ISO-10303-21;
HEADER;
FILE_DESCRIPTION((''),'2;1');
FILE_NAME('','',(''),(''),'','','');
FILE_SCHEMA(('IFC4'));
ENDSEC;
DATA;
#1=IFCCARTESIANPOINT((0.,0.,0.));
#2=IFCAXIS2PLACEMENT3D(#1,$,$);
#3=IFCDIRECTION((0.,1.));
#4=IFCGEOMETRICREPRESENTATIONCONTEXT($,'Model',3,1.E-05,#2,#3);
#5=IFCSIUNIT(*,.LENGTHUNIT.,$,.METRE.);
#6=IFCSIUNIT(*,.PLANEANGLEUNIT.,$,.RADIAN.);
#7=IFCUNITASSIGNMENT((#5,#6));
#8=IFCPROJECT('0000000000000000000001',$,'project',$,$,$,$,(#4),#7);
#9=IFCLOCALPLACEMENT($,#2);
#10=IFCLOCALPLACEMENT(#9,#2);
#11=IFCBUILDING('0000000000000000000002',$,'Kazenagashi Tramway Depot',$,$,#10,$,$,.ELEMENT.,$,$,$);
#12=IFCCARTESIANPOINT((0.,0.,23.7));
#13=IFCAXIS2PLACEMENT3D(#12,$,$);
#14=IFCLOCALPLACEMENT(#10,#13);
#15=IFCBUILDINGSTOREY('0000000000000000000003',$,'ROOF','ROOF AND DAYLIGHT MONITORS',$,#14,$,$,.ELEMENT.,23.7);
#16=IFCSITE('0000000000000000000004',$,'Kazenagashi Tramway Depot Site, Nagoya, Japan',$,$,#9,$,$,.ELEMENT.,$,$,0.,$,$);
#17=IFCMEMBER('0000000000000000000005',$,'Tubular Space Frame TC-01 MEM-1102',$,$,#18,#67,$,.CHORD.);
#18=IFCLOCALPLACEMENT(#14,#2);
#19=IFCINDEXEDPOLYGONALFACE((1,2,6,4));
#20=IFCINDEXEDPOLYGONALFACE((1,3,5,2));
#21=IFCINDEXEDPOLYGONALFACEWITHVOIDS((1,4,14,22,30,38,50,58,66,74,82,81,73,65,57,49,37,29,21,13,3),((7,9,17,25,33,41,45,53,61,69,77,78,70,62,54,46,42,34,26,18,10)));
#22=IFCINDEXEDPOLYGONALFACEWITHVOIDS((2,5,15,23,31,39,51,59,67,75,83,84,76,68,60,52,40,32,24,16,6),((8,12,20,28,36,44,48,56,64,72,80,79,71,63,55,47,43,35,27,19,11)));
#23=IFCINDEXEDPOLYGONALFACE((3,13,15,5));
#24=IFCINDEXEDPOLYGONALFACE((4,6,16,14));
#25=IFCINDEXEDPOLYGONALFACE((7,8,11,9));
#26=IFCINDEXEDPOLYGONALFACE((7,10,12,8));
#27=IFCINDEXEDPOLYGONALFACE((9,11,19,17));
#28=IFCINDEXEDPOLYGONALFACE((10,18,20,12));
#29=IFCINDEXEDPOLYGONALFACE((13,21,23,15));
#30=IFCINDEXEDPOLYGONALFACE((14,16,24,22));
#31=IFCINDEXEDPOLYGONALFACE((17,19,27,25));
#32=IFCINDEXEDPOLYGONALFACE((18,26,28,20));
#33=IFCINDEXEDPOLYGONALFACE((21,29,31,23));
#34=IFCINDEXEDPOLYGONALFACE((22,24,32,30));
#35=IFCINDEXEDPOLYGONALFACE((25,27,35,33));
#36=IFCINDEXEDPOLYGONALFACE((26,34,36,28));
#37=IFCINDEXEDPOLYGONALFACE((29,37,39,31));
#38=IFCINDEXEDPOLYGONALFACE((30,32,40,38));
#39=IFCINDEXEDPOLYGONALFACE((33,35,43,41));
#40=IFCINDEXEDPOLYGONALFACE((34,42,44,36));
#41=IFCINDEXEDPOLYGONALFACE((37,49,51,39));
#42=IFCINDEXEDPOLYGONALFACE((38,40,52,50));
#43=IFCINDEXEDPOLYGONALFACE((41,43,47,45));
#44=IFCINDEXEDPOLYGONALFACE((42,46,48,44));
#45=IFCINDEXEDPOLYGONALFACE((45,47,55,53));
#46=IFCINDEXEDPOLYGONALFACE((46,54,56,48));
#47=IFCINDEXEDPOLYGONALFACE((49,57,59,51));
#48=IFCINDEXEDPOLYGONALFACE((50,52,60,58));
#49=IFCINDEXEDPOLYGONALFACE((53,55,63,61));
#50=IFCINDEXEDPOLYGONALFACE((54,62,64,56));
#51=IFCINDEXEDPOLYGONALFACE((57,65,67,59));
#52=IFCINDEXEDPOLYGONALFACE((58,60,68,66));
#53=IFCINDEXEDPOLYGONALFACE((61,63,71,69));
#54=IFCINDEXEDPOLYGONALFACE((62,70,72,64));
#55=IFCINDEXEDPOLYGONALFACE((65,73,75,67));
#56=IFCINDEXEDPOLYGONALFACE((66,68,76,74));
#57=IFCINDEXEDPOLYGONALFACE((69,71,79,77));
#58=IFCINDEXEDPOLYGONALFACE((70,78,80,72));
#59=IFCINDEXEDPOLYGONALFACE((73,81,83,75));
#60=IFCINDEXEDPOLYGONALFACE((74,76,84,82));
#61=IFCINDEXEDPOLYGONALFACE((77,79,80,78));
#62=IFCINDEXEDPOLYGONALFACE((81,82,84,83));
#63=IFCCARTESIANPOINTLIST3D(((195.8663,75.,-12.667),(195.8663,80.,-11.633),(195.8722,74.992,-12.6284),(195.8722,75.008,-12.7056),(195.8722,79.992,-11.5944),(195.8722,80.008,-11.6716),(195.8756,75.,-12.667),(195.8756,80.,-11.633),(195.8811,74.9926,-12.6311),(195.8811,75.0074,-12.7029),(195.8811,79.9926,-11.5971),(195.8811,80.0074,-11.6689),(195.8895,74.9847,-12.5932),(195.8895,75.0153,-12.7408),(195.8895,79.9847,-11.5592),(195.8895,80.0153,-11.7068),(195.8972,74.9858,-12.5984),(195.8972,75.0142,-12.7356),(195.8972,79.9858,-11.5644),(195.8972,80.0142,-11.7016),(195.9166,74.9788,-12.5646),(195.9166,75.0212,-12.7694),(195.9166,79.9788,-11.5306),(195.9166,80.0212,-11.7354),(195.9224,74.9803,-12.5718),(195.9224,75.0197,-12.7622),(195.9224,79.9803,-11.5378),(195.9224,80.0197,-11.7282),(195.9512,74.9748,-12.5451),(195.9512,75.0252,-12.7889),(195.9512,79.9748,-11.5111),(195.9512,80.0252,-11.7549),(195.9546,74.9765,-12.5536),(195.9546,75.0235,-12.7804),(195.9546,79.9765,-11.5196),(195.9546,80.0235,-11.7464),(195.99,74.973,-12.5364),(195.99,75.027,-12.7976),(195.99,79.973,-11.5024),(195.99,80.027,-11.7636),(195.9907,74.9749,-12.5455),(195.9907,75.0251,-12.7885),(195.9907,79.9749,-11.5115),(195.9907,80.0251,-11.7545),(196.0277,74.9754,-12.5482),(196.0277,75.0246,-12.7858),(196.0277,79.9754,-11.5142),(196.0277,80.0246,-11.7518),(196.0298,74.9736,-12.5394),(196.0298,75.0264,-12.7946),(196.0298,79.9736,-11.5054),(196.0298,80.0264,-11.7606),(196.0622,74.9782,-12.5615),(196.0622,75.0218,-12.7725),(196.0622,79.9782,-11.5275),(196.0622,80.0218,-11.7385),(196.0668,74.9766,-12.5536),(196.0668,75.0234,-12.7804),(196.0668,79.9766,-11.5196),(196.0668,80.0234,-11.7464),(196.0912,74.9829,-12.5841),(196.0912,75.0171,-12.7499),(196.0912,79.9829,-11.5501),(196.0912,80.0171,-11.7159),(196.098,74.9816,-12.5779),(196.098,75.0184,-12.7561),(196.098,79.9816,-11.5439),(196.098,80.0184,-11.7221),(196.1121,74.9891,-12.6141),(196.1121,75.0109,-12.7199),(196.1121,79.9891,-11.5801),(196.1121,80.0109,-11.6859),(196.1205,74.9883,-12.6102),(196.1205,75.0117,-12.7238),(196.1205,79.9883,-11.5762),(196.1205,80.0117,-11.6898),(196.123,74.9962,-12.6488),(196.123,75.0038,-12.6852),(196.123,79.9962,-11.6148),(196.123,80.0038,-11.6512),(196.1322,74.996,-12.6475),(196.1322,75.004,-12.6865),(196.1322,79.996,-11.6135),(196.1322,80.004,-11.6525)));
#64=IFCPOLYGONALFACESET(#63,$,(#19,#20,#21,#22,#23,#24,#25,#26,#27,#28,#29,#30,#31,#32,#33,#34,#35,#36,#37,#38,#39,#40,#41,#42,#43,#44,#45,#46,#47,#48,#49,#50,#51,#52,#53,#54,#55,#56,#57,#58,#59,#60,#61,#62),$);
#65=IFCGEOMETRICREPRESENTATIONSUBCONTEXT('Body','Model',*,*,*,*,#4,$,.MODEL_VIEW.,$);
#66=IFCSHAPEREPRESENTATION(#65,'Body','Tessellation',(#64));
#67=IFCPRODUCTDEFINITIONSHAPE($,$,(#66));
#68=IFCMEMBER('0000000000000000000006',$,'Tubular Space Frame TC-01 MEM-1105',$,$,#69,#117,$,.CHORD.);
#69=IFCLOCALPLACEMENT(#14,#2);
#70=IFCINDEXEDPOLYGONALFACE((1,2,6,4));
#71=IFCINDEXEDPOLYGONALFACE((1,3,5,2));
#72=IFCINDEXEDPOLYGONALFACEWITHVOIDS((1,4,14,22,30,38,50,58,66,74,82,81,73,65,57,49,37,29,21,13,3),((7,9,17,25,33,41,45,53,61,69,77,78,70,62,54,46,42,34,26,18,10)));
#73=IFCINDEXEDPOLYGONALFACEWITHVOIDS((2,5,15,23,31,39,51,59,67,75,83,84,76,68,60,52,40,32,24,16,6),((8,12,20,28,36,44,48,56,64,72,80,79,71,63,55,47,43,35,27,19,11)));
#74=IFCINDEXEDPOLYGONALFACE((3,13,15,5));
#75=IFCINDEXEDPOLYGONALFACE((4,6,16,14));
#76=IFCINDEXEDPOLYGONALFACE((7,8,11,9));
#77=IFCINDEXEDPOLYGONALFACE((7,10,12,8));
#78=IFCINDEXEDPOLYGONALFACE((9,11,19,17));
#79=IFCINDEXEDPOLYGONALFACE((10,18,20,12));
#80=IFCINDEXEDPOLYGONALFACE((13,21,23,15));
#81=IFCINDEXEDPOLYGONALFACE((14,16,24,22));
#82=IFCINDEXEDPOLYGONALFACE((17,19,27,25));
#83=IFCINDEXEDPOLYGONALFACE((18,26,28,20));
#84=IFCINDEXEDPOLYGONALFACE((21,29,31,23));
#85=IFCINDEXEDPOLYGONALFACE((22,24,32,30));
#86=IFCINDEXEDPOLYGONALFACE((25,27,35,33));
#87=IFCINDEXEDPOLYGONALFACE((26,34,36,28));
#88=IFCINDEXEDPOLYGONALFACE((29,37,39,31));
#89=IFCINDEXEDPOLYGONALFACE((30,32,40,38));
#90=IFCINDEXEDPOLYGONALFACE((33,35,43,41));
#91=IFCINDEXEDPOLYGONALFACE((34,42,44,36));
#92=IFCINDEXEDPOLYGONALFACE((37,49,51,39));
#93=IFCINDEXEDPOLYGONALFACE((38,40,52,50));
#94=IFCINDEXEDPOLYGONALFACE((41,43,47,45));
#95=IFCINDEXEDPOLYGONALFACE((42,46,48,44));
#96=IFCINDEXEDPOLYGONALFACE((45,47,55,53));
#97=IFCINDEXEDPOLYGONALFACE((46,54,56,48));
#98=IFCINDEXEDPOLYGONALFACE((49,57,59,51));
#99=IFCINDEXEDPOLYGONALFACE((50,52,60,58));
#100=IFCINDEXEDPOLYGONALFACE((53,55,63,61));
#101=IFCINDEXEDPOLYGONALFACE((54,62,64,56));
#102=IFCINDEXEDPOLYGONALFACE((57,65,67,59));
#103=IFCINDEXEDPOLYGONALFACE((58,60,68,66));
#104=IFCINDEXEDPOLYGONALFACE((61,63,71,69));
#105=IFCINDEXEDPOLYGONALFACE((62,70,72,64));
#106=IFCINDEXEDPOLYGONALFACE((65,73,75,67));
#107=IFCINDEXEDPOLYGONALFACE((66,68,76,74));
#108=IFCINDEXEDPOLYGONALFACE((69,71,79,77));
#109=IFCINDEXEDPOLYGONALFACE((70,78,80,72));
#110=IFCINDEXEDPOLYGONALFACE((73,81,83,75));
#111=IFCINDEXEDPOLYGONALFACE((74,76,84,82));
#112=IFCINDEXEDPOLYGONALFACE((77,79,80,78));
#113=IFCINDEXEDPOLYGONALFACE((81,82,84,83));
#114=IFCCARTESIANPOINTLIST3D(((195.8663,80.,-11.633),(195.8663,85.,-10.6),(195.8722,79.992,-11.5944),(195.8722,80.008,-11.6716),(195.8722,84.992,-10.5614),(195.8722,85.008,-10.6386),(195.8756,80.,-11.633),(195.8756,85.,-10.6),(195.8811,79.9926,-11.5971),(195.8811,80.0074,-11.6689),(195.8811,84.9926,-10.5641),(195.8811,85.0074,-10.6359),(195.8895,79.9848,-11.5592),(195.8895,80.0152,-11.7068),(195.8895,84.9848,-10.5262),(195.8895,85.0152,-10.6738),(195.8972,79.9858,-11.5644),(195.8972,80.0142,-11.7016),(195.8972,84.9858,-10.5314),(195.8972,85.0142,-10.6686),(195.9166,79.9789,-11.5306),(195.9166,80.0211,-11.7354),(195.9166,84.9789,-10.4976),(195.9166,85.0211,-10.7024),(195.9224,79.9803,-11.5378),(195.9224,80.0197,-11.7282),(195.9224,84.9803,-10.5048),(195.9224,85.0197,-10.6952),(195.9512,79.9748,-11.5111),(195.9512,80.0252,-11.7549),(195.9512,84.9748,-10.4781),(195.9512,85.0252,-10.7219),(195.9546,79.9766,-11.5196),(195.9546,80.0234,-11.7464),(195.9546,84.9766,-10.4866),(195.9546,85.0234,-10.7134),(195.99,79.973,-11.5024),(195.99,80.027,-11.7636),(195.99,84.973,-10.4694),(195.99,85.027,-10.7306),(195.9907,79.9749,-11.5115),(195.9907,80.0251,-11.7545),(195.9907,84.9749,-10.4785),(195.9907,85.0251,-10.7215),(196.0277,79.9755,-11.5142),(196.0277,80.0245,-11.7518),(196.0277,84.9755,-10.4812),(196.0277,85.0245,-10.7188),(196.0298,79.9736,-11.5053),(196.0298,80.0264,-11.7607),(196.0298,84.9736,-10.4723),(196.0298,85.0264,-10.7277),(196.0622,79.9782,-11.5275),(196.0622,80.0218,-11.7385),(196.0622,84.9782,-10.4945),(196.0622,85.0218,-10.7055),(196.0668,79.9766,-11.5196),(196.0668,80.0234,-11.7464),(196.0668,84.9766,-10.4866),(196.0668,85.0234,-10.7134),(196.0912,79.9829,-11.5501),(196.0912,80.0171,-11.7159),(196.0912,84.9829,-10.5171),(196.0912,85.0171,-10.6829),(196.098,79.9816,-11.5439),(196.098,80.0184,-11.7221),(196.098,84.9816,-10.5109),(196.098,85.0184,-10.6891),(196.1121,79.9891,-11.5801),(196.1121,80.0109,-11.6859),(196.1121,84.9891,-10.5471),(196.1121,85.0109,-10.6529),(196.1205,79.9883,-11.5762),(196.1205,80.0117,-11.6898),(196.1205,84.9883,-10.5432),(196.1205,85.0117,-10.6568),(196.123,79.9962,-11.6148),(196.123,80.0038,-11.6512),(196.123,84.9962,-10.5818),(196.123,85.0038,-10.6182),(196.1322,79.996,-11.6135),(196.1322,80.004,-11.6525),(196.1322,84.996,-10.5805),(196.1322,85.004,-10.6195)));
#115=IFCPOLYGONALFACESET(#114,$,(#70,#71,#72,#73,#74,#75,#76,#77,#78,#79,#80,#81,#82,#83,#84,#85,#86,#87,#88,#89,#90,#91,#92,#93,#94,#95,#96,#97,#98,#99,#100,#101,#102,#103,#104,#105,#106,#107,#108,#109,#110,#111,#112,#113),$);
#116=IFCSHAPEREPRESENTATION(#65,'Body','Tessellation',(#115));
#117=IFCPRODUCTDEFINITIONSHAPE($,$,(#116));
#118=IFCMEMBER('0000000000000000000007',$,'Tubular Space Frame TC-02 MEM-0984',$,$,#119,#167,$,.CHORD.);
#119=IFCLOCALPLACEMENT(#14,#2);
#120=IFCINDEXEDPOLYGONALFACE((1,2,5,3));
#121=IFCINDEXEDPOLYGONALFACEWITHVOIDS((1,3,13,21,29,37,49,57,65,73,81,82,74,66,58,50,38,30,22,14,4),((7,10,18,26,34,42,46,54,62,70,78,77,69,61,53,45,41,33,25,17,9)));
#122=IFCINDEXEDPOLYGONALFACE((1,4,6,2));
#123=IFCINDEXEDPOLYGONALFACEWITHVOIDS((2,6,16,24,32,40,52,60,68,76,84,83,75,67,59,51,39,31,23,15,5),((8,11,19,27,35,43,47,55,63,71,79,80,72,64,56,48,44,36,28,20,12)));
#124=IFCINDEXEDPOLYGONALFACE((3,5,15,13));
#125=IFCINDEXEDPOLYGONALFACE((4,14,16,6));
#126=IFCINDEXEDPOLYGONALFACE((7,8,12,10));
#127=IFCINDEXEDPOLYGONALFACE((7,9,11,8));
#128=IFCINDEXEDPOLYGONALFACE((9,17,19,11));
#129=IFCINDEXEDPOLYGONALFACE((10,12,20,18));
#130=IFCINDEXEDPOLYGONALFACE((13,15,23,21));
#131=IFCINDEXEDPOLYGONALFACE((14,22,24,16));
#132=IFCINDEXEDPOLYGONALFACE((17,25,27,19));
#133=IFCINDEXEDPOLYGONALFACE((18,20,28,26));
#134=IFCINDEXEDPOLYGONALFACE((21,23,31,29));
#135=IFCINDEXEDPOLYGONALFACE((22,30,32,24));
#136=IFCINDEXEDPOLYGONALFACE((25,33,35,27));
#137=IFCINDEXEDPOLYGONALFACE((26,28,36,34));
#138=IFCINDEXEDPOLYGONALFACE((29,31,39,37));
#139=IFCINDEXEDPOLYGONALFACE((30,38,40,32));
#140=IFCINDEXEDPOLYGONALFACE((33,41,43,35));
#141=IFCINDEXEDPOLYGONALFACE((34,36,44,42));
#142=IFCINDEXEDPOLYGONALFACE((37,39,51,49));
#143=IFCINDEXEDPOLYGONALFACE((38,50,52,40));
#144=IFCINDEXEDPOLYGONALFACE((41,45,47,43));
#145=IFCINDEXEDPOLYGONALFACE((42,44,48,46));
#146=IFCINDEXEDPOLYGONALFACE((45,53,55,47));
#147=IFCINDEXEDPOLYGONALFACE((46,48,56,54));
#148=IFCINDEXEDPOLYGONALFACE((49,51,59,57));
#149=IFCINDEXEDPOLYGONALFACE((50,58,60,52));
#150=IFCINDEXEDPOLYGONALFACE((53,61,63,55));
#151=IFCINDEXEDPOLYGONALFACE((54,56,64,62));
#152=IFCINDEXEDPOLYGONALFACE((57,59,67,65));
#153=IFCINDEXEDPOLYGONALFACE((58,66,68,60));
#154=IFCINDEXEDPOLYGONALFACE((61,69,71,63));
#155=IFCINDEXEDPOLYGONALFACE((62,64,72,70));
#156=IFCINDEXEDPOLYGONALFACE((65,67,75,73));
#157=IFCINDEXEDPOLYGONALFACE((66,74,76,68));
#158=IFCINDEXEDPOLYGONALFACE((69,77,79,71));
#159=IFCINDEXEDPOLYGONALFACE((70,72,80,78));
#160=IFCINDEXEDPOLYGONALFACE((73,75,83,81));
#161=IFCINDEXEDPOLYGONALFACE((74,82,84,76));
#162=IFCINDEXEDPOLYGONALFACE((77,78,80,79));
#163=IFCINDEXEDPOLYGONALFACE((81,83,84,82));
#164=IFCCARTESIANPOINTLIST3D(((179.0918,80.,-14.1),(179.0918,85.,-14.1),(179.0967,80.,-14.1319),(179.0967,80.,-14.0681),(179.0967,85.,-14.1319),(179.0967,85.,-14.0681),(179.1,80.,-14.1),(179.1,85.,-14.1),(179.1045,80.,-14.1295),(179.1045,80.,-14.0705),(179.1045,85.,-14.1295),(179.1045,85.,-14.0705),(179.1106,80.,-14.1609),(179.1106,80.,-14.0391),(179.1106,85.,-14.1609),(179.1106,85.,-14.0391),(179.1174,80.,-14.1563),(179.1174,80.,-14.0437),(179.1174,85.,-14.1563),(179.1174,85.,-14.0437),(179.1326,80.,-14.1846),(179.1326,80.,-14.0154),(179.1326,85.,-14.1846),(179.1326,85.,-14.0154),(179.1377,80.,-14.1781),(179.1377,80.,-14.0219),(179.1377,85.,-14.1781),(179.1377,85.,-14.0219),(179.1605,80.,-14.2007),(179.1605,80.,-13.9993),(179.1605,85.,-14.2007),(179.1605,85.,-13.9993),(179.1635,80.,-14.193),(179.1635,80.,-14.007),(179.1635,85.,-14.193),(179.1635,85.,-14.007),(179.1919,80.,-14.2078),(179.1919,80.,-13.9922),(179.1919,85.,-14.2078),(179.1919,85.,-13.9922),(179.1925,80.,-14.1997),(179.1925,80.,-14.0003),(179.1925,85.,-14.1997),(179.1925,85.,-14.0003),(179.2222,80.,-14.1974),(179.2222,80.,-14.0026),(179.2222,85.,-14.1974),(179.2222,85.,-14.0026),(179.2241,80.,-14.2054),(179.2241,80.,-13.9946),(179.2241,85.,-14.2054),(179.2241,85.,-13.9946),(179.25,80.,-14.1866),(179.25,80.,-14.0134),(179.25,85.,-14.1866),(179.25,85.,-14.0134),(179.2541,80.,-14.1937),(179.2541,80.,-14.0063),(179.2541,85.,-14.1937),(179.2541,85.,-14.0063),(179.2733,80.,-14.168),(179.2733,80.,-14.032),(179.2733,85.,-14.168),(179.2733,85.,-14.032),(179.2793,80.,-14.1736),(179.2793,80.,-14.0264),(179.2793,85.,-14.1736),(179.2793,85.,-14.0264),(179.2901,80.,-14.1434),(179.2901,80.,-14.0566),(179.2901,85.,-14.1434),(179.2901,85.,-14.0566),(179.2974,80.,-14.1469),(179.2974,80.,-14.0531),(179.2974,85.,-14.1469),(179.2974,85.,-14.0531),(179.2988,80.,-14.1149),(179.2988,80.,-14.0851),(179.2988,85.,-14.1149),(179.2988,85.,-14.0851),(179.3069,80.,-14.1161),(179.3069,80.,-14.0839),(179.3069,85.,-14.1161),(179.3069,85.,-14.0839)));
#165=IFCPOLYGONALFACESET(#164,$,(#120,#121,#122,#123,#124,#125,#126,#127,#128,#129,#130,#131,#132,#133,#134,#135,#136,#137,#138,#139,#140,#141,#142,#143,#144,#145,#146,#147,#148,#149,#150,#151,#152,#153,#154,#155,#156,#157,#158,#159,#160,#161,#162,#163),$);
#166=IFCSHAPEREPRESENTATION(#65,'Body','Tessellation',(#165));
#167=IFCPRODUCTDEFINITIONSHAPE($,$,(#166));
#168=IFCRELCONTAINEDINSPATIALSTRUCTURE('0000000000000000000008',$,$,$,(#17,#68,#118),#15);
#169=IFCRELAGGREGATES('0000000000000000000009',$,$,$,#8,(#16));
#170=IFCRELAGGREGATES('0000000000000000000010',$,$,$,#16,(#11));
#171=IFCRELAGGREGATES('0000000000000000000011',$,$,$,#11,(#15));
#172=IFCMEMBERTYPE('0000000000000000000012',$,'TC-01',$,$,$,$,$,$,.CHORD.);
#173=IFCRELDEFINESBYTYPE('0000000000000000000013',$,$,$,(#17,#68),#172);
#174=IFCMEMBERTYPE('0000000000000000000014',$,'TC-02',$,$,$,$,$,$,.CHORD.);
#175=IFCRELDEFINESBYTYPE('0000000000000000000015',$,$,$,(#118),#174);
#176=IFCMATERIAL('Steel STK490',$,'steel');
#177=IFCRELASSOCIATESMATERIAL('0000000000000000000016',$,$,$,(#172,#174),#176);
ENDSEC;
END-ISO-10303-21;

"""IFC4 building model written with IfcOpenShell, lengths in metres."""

from ifc_helpers import new_model, si_unit, direction, frame, origin, origin_2d, place, context, subcontext, project, spatial, hollow_circle, extrude, material, material_profile, profile_set, type_object, element, save


model = new_model("IFC4")

# Units and contexts
model_context = context("Model", 3, precision=1e-05, world=origin(), true_north=direction((0.0, 1.0)))
body_context = subcontext(model_context, "Body", "Model", "MODEL_VIEW")
ifc_project = project(units=[si_unit("LENGTHUNIT", "METRE"), si_unit("PLANEANGLEUNIT", "RADIAN")], contexts=[model_context])

# Site, building, storey
site_placement = place(None, origin())
site = spatial("IfcSite", under=ifc_project, at=site_placement, Name="Kazenagashi Tramway Depot Site, Nagoya, Japan", CompositionType="ELEMENT", RefElevation=0.0)
building_placement = place(site_placement, origin())
building = spatial("IfcBuilding", under=site, at=building_placement, Name="Kazenagashi Tramway Depot", CompositionType="ELEMENT")
storey_placement = place(building_placement, frame((0.0, 0.0, 23.7)))
storey = spatial("IfcBuildingStorey", under=building, at=storey_placement, Name="ROOF", Description="ROOF AND DAYLIGHT MONITORS", CompositionType="ELEMENT", Elevation=23.7)

# Members
ifc_material_1 = material(Name="Steel STK490", Category="steel")
ifc_material_profile_1 = material_profile(ifc_material_1, hollow_circle(Radius=0.1337, WallThickness=0.0093, at=origin_2d()), Name="CHS-267.4x9.3")
ifc_profile_set_1 = profile_set([ifc_material_profile_1], Name="Steel STK490")
member_type_1 = type_object("IfcMemberType", Name="TC-01", PredefinedType="CHORD", material=ifc_profile_set_1)
member_1_placement = place(storey_placement, frame((196.0, 75.0, -12.667), z_axis=(0.0, 0.979279, 0.202515), x_axis=(-1.0, 0.0, 0.0)))
element("IfcMember", 1, at=member_1_placement, inside=storey, type_object=member_type_1, Name="Tubular Space Frame TC-01 MEM-1102", PredefinedType="CHORD", context=body_context, shape_type="SweptSolid", body=[
    extrude(hollow_circle(Radius=0.1337, WallThickness=0.0093, at=origin_2d()), origin(), (0.0, 0.0, 1.0), 5.1058),
])
member_2_placement = place(storey_placement, frame((196.0, 80.0, -11.633), z_axis=(0.0, 0.979318, 0.202327), x_axis=(-1.0, 0.0, 0.0)))
element("IfcMember", 2, at=member_2_placement, inside=storey, type_object=member_type_1, Name="Tubular Space Frame TC-01 MEM-1105", PredefinedType="CHORD", context=body_context, shape_type="SweptSolid", body=[
    extrude(hollow_circle(Radius=0.1337, WallThickness=0.0093, at=origin_2d()), origin(), (0.0, 0.0, 1.0), 5.1056),
])
ifc_material_profile_2 = material_profile(ifc_material_1, hollow_circle(Radius=0.1081, WallThickness=0.0082, at=origin_2d()), Name="CHS-216.3x8.2")
ifc_profile_set_2 = profile_set([ifc_material_profile_2], Name="Steel STK490")
member_type_2 = type_object("IfcMemberType", Name="TC-02", PredefinedType="CHORD", material=ifc_profile_set_2)
for number, where, z_axis, x_axis, name in (
    (3, (179.2, 80.0, -14.1), (0.0, 1.0, 0.0), (-1.0, 0.0, 0.0), "Tubular Space Frame TC-02 MEM-0984"),
):
    element("IfcMember", number, at=place(storey_placement, frame(where, z_axis=z_axis, x_axis=x_axis)), inside=storey, type_object=member_type_2, Name=name, PredefinedType="CHORD", context=body_context, shape_type="SweptSolid", body=[
        extrude(hollow_circle(Radius=0.1081, WallThickness=0.0082, at=origin_2d()), origin(), (0.0, 0.0, 1.0), 5.0),
    ])

save(model, "model.ifc")
